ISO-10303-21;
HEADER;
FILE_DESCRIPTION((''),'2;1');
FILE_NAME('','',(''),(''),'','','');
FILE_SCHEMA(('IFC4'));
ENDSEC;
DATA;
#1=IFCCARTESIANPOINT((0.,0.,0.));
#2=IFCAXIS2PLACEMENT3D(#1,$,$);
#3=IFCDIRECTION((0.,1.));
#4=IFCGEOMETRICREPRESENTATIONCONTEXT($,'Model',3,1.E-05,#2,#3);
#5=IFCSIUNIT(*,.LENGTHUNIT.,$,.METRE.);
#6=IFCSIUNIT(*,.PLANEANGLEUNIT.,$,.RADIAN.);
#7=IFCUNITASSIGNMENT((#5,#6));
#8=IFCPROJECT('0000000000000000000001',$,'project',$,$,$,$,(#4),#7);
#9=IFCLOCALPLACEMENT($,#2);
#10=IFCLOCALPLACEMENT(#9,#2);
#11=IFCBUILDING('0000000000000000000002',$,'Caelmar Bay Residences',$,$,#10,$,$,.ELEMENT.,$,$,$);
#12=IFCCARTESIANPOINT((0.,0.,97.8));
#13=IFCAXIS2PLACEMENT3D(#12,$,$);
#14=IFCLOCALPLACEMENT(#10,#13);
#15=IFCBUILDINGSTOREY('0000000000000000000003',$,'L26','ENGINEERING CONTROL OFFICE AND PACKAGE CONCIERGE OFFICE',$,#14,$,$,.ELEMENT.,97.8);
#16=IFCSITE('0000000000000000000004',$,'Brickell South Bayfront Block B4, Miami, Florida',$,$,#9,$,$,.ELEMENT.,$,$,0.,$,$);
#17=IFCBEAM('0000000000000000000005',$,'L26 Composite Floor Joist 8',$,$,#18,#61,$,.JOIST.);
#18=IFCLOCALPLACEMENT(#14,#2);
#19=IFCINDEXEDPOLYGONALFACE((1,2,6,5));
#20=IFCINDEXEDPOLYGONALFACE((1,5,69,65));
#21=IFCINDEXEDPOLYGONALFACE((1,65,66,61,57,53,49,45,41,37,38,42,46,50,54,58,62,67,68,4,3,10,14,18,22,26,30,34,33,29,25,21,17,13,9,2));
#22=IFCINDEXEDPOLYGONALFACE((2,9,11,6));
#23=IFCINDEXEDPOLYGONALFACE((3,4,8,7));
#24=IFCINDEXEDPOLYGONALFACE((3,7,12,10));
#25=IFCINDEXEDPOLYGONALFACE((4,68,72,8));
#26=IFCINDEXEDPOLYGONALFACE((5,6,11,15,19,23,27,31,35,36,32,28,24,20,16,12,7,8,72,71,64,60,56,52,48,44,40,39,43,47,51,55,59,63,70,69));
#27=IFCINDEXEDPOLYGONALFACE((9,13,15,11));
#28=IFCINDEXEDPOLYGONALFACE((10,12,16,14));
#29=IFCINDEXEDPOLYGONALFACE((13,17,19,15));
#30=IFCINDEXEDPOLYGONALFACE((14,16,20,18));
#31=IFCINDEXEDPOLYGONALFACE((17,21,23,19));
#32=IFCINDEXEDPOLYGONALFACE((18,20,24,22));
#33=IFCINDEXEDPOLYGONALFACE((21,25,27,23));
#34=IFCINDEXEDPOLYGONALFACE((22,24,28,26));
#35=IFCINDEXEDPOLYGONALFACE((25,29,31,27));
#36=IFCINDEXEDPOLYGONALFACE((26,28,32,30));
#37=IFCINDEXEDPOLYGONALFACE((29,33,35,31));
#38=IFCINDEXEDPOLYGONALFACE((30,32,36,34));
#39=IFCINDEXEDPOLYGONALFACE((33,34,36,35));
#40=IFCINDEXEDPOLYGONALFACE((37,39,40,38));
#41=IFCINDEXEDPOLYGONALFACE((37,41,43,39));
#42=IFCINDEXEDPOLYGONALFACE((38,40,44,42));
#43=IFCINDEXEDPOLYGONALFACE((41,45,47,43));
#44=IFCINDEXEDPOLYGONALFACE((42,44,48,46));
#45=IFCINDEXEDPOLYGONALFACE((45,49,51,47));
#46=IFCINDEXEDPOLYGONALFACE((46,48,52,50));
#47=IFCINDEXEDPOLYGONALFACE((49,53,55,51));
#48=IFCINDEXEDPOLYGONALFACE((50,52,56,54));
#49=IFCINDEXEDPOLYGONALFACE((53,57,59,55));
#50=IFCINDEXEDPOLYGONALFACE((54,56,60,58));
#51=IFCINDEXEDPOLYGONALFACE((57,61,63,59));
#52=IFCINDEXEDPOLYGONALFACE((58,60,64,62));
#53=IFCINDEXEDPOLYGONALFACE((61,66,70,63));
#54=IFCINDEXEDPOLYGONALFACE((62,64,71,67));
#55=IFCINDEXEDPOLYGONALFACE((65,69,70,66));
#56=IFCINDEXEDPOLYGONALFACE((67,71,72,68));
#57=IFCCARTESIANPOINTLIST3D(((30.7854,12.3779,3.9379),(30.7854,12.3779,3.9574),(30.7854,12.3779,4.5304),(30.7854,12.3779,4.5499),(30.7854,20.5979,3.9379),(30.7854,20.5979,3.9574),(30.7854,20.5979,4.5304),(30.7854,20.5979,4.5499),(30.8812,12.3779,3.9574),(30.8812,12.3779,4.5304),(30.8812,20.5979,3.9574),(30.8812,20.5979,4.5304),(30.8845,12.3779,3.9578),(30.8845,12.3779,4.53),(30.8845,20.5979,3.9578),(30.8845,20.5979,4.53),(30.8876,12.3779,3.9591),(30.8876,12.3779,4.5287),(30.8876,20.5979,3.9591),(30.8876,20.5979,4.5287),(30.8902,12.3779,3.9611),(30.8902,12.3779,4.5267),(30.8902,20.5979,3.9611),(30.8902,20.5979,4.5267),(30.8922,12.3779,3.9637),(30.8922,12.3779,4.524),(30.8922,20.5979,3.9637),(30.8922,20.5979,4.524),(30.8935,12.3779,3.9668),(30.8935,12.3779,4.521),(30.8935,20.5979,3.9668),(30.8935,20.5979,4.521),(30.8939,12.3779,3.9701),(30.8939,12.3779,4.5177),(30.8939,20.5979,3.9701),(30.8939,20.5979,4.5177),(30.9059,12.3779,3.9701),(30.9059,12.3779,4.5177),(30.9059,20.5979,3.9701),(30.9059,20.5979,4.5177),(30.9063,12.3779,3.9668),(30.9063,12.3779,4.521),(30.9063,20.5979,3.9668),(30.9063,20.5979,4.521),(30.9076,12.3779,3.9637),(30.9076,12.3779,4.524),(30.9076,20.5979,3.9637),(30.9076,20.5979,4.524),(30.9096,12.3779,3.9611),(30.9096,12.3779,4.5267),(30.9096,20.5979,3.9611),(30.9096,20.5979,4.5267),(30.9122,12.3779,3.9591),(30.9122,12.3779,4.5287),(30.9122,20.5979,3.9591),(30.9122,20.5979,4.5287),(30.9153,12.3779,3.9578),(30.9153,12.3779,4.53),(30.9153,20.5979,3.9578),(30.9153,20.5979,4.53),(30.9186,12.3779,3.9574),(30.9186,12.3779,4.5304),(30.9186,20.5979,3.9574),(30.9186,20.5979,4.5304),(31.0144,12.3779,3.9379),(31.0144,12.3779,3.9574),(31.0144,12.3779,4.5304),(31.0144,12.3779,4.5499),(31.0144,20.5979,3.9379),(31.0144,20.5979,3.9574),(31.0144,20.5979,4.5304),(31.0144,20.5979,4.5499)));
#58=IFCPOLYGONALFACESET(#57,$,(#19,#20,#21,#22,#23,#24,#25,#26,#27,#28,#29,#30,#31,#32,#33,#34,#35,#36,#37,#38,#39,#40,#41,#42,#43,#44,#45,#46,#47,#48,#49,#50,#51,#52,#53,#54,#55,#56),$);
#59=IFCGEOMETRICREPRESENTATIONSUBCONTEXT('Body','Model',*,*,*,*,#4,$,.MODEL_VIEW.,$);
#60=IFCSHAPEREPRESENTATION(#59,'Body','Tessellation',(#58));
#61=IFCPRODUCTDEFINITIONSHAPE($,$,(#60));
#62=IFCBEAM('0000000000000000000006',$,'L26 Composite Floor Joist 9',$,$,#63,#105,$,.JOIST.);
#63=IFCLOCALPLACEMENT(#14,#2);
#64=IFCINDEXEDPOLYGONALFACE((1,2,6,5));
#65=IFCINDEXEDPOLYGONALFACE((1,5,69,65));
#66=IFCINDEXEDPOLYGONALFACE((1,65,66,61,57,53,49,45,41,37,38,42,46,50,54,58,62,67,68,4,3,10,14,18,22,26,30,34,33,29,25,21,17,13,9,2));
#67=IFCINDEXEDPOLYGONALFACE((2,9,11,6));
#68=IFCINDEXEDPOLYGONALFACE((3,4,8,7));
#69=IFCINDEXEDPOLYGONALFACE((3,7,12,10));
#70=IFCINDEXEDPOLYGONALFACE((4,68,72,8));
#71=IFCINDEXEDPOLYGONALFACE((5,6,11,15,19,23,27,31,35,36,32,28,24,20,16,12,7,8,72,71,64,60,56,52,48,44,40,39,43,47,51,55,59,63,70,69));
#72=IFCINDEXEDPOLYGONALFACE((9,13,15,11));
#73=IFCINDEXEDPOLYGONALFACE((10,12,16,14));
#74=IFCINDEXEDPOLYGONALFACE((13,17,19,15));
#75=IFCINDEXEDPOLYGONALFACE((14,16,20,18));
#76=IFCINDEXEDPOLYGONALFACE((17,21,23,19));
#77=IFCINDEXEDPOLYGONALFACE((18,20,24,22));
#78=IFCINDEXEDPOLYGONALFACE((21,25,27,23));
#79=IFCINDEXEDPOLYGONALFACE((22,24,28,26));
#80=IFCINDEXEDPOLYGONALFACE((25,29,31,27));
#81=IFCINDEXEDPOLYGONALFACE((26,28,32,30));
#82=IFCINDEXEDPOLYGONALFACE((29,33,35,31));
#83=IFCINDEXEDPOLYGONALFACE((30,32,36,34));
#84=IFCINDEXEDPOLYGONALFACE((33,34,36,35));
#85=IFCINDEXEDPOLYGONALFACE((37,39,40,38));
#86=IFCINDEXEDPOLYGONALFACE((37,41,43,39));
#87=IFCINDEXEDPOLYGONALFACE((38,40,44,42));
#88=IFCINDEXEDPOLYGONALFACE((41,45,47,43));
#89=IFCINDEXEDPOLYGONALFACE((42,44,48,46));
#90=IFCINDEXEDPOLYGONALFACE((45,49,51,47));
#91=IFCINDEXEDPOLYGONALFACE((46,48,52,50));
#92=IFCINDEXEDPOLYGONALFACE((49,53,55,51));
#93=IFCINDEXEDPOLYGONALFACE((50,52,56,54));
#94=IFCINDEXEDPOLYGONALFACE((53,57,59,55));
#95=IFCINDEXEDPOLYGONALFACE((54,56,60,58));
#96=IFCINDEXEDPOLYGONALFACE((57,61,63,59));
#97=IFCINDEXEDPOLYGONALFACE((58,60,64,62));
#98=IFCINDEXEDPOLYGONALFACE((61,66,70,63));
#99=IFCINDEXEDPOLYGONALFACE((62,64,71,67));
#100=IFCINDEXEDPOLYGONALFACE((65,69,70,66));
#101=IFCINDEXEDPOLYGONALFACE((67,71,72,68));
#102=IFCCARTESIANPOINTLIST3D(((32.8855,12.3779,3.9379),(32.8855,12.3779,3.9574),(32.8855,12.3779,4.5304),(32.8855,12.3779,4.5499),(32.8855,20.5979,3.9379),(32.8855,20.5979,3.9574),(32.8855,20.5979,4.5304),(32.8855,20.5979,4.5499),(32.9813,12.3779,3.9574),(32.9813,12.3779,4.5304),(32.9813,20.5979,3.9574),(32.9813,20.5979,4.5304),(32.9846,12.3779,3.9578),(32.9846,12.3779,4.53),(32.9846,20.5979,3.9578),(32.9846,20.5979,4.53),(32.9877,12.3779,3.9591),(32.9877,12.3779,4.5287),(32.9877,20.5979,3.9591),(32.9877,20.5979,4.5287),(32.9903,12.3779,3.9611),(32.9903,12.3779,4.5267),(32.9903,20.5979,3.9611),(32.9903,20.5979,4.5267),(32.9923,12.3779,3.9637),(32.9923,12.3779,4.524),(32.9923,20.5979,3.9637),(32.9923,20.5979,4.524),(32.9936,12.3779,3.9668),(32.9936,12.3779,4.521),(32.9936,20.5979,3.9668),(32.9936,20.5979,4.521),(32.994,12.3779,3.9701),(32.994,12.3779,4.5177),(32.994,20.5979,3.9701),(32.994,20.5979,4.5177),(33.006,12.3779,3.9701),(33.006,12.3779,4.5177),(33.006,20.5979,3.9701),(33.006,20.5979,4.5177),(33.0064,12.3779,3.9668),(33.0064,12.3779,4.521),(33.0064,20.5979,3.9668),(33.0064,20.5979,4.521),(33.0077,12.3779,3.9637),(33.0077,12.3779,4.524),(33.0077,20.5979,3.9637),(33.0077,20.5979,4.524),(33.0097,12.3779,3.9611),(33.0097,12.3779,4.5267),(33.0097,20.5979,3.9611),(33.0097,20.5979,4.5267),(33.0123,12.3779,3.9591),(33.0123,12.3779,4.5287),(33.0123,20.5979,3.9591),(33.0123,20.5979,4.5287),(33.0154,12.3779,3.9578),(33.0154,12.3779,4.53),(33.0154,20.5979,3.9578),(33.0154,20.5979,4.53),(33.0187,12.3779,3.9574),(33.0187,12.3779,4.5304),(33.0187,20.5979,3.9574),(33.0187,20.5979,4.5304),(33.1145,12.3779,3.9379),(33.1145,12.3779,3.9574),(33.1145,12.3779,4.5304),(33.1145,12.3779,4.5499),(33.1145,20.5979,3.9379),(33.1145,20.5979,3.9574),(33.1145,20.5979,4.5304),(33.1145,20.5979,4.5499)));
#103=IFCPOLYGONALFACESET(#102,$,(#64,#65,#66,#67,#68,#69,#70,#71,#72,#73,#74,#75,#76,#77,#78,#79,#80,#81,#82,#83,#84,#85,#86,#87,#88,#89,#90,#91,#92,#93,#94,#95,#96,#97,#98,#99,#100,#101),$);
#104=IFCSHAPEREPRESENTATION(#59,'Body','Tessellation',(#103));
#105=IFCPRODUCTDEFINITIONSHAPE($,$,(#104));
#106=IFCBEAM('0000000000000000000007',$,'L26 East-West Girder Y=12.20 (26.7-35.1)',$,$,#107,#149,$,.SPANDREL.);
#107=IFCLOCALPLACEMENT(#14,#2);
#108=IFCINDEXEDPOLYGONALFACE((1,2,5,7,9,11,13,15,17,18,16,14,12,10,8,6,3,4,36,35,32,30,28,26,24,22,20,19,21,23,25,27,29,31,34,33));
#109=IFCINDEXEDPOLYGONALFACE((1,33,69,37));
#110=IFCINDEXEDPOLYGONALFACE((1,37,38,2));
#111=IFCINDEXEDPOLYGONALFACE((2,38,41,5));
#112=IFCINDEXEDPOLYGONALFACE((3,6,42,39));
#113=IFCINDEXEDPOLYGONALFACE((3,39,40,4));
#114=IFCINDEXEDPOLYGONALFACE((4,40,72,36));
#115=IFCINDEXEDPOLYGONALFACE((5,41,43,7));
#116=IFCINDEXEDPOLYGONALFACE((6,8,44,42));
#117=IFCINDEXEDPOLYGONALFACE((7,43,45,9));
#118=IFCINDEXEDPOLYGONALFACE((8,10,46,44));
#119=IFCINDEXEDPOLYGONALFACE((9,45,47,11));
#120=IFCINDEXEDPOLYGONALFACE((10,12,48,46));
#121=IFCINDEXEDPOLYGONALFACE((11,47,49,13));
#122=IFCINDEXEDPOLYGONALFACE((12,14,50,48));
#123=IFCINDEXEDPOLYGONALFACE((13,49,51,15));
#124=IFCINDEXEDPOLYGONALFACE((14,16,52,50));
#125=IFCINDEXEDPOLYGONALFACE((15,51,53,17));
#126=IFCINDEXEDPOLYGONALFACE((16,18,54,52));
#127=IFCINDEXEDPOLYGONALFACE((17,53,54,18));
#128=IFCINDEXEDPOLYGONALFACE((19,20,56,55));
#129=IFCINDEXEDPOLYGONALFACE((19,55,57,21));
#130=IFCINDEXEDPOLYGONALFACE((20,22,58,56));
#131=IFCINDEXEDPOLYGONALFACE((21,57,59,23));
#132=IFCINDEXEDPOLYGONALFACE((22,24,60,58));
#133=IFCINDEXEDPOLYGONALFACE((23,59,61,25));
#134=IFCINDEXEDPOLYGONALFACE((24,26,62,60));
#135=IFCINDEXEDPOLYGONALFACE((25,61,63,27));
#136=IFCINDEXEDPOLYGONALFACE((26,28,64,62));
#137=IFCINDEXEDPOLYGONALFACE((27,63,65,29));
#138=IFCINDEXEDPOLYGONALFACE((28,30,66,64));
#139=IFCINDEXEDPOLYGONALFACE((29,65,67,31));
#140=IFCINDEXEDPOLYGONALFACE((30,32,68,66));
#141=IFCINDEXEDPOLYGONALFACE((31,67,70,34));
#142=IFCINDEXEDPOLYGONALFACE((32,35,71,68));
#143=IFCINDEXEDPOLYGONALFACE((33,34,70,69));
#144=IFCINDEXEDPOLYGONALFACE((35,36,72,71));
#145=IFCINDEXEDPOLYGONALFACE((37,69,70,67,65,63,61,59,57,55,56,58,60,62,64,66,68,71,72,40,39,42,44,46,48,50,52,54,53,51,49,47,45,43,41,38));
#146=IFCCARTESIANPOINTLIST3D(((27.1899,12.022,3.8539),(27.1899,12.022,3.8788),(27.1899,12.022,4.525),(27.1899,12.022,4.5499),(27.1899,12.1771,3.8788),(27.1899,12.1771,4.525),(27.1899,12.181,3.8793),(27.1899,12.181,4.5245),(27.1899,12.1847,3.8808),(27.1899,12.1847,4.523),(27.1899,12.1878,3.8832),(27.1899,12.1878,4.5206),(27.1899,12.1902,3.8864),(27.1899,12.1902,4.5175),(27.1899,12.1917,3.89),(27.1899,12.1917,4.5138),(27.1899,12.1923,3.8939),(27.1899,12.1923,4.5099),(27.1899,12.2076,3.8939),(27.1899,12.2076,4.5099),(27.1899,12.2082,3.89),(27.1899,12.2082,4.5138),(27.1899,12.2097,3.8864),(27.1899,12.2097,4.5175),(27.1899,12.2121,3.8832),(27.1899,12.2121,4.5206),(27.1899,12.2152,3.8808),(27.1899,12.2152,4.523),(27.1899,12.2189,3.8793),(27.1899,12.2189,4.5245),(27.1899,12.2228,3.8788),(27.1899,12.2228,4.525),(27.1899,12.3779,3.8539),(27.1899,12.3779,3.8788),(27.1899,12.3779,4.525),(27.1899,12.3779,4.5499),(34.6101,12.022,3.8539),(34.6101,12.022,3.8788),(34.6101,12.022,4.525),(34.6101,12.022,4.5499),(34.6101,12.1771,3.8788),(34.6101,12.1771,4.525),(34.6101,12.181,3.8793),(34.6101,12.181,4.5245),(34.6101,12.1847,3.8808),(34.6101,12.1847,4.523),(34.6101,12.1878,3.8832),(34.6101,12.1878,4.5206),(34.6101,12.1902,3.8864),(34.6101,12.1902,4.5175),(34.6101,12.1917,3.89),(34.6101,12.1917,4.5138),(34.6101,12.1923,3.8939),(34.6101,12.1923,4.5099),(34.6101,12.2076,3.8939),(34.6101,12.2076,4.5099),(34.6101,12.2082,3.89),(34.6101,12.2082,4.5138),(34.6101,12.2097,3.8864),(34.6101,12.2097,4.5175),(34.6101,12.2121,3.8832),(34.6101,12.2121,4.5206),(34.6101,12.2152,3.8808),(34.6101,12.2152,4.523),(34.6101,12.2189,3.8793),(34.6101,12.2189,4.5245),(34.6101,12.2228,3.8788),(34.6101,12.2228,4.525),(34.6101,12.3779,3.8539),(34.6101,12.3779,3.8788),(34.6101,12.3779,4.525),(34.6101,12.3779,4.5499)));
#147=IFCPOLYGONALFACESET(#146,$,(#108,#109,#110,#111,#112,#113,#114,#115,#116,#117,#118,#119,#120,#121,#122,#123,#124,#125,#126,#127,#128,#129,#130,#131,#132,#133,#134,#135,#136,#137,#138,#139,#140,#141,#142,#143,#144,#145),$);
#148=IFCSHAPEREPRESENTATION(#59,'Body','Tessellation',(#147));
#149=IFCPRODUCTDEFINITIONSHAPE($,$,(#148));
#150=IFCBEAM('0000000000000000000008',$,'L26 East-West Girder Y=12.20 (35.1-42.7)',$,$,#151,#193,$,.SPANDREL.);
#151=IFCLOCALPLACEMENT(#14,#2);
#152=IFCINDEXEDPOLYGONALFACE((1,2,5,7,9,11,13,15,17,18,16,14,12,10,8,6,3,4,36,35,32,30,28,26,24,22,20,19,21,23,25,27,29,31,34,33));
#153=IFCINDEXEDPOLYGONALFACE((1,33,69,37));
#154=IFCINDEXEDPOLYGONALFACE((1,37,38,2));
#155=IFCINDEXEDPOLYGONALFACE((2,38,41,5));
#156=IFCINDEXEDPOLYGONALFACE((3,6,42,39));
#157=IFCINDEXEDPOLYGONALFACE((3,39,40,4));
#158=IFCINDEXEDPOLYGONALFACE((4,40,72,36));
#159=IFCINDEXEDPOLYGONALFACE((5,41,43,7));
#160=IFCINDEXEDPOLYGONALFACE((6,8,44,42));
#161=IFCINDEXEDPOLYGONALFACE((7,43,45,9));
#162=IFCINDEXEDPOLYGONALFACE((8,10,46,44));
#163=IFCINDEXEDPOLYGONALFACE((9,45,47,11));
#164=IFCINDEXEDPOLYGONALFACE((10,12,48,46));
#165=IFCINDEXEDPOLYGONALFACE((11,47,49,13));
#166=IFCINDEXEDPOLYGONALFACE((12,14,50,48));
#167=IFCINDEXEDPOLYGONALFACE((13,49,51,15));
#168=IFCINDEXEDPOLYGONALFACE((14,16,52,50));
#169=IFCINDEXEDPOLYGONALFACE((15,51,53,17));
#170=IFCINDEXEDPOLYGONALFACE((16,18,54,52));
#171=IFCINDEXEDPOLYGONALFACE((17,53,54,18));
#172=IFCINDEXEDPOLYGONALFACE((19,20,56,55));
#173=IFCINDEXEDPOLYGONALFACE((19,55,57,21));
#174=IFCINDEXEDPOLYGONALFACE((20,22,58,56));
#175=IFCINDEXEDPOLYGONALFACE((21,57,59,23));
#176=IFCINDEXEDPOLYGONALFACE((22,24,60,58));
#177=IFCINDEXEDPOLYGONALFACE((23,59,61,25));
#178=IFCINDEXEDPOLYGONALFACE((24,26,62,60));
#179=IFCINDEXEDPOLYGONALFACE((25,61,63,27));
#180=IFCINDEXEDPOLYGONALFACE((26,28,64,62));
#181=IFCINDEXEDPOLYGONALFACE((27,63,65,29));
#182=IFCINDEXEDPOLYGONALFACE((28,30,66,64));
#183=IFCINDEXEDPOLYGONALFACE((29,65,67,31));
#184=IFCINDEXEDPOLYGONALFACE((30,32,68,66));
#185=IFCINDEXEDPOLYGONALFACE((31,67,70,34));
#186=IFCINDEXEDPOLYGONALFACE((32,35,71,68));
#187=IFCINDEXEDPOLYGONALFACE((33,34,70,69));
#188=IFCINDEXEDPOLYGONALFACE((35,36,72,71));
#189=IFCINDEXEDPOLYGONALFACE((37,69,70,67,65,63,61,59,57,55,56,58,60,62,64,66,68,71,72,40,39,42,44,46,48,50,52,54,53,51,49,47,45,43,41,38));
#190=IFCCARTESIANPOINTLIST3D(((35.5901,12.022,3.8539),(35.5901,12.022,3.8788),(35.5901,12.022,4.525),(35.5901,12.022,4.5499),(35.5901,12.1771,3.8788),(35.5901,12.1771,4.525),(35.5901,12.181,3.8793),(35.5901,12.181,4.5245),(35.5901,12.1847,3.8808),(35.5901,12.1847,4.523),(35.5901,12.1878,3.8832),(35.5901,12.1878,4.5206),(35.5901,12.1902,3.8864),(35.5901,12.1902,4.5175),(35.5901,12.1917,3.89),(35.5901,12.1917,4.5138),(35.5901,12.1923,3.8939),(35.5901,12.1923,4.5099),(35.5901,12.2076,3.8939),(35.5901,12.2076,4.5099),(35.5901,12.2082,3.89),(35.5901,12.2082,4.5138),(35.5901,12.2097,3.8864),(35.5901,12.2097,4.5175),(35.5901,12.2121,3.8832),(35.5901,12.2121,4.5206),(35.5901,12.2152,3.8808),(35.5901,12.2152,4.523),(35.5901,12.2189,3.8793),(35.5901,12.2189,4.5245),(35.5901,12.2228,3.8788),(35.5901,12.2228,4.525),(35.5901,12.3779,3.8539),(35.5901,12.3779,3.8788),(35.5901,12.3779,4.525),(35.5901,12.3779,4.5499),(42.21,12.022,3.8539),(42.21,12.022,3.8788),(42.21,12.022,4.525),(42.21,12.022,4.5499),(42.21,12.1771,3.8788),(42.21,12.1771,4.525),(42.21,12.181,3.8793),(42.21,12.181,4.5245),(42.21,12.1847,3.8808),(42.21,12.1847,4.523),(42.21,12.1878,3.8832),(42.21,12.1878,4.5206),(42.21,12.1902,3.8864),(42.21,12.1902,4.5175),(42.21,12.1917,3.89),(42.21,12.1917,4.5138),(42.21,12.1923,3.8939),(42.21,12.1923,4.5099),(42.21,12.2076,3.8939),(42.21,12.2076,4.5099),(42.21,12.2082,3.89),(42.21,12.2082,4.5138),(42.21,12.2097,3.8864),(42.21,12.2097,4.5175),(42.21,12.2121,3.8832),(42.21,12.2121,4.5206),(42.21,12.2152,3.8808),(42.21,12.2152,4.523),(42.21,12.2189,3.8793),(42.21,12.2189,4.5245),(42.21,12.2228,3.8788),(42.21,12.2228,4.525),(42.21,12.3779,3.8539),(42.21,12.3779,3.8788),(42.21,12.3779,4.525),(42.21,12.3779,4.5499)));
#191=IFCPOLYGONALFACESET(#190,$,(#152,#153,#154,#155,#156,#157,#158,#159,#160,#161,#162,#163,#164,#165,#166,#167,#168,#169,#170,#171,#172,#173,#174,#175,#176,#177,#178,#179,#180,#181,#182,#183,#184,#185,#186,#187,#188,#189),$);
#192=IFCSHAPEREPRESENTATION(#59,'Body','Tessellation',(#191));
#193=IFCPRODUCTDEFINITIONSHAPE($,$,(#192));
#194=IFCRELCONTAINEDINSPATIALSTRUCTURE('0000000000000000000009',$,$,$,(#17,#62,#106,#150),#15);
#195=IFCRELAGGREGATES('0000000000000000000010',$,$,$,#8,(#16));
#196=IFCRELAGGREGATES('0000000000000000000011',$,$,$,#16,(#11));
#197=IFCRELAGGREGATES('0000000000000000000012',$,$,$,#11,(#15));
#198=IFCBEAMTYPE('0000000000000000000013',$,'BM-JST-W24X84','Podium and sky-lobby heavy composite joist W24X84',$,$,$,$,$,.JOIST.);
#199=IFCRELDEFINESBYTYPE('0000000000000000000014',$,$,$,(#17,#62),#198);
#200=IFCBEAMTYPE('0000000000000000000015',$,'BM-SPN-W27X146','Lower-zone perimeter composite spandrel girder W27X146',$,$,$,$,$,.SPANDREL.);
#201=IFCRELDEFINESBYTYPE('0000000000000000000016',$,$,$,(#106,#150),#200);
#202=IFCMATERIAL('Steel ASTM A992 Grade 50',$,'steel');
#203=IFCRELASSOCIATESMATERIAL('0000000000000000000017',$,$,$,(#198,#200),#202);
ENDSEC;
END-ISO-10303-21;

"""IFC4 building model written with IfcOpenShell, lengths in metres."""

from ifc_helpers import new_model, si_unit, direction, frame, origin, origin_2d, place, context, subcontext, project, spatial, i_section, extrude, material, material_profile, profile_set, type_object, element, save


model = new_model("IFC4")

# Units and contexts
model_context = context("Model", 3, precision=1e-05, world=origin(), true_north=direction((0.0, 1.0)))
body_context = subcontext(model_context, "Body", "Model", "MODEL_VIEW")
ifc_project = project(units=[si_unit("LENGTHUNIT", "METRE"), si_unit("PLANEANGLEUNIT", "RADIAN")], contexts=[model_context])

# Site, building, storey
site_placement = place(None, origin())
site = spatial("IfcSite", under=ifc_project, at=site_placement, Name="Brickell South Bayfront Block B4, Miami, Florida", CompositionType="ELEMENT", RefElevation=0.0)
building_placement = place(site_placement, origin())
building = spatial("IfcBuilding", under=site, at=building_placement, Name="Caelmar Bay Residences", CompositionType="ELEMENT")
storey_placement = place(building_placement, frame((0.0, 0.0, 97.8)))
storey = spatial("IfcBuildingStorey", under=building, at=storey_placement, Name="L26", Description="ENGINEERING CONTROL OFFICE AND PACKAGE CONCIERGE OFFICE", CompositionType="ELEMENT", Elevation=97.8)

# Beams
ifc_material_1 = material(Name="Steel ASTM A992 Grade 50", Category="steel")
ifc_material_profile_1 = material_profile(ifc_material_1, i_section(OverallWidth=0.229, OverallDepth=0.6121, WebThickness=0.012, FlangeThickness=0.0195, FilletRadius=0.0127, at=origin_2d()), Name="W24X84")
ifc_profile_set_1 = profile_set([ifc_material_profile_1], Name="Steel ASTM A992 Grade 50")
beam_type_1 = type_object("IfcBeamType", Name="BM-JST-W24X84", Description="Podium and sky-lobby heavy composite joist W24X84", PredefinedType="JOIST", material=ifc_profile_set_1)
for number, where, z_axis, x_axis, name in (
    (1, (30.8999, 12.3779, 4.2439), (0.0, 1.0, 0.0), (-1.0, 0.0, 0.0), "L26 Composite Floor Joist 8"),
    (2, (33.0, 12.3779, 4.2439), (0.0, 1.0, 0.0), (-1.0, 0.0, 0.0), "L26 Composite Floor Joist 9"),
):
    element("IfcBeam", number, at=place(storey_placement, frame(where, z_axis=z_axis, x_axis=x_axis)), inside=storey, type_object=beam_type_1, Name=name, PredefinedType="JOIST", context=body_context, shape_type="SweptSolid", body=[
        extrude(i_section(OverallWidth=0.229, OverallDepth=0.6121, WebThickness=0.012, FlangeThickness=0.0195, FilletRadius=0.0127, at=origin_2d()), origin(), (0.0, 0.0, 1.0), 8.22),
    ])
ifc_material_profile_2 = material_profile(ifc_material_1, i_section(OverallWidth=0.356, OverallDepth=0.696, WebThickness=0.0154, FlangeThickness=0.0249, FilletRadius=0.0151, at=origin_2d()), Name="W27X146")
ifc_profile_set_2 = profile_set([ifc_material_profile_2], Name="Steel ASTM A992 Grade 50")
beam_type_2 = type_object("IfcBeamType", Name="BM-SPN-W27X146", Description="Lower-zone perimeter composite spandrel girder W27X146", PredefinedType="SPANDREL", material=ifc_profile_set_2)
beam_1_placement = place(storey_placement, frame((27.1899, 12.2, 4.2019), z_axis=(1.0, 0.0, 0.0), x_axis=(0.0, 1.0, 0.0)))
element("IfcBeam", 3, at=beam_1_placement, inside=storey, type_object=beam_type_2, Name="L26 East-West Girder Y=12.20 (26.7-35.1)", PredefinedType="SPANDREL", context=body_context, shape_type="SweptSolid", body=[
    extrude(i_section(OverallWidth=0.356, OverallDepth=0.696, WebThickness=0.0154, FlangeThickness=0.0249, FilletRadius=0.0151, at=origin_2d()), origin(), (0.0, 0.0, 1.0), 7.4202),
])
beam_2_placement = place(storey_placement, frame((35.5901, 12.2, 4.2019), z_axis=(1.0, 0.0, 0.0), x_axis=(0.0, 1.0, 0.0)))
element("IfcBeam", 4, at=beam_2_placement, inside=storey, type_object=beam_type_2, Name="L26 East-West Girder Y=12.20 (35.1-42.7)", PredefinedType="SPANDREL", context=body_context, shape_type="SweptSolid", body=[
    extrude(i_section(OverallWidth=0.356, OverallDepth=0.696, WebThickness=0.0154, FlangeThickness=0.0249, FilletRadius=0.0151, at=origin_2d()), origin(), (0.0, 0.0, 1.0), 6.6199),
])

save(model, "model.ifc")
